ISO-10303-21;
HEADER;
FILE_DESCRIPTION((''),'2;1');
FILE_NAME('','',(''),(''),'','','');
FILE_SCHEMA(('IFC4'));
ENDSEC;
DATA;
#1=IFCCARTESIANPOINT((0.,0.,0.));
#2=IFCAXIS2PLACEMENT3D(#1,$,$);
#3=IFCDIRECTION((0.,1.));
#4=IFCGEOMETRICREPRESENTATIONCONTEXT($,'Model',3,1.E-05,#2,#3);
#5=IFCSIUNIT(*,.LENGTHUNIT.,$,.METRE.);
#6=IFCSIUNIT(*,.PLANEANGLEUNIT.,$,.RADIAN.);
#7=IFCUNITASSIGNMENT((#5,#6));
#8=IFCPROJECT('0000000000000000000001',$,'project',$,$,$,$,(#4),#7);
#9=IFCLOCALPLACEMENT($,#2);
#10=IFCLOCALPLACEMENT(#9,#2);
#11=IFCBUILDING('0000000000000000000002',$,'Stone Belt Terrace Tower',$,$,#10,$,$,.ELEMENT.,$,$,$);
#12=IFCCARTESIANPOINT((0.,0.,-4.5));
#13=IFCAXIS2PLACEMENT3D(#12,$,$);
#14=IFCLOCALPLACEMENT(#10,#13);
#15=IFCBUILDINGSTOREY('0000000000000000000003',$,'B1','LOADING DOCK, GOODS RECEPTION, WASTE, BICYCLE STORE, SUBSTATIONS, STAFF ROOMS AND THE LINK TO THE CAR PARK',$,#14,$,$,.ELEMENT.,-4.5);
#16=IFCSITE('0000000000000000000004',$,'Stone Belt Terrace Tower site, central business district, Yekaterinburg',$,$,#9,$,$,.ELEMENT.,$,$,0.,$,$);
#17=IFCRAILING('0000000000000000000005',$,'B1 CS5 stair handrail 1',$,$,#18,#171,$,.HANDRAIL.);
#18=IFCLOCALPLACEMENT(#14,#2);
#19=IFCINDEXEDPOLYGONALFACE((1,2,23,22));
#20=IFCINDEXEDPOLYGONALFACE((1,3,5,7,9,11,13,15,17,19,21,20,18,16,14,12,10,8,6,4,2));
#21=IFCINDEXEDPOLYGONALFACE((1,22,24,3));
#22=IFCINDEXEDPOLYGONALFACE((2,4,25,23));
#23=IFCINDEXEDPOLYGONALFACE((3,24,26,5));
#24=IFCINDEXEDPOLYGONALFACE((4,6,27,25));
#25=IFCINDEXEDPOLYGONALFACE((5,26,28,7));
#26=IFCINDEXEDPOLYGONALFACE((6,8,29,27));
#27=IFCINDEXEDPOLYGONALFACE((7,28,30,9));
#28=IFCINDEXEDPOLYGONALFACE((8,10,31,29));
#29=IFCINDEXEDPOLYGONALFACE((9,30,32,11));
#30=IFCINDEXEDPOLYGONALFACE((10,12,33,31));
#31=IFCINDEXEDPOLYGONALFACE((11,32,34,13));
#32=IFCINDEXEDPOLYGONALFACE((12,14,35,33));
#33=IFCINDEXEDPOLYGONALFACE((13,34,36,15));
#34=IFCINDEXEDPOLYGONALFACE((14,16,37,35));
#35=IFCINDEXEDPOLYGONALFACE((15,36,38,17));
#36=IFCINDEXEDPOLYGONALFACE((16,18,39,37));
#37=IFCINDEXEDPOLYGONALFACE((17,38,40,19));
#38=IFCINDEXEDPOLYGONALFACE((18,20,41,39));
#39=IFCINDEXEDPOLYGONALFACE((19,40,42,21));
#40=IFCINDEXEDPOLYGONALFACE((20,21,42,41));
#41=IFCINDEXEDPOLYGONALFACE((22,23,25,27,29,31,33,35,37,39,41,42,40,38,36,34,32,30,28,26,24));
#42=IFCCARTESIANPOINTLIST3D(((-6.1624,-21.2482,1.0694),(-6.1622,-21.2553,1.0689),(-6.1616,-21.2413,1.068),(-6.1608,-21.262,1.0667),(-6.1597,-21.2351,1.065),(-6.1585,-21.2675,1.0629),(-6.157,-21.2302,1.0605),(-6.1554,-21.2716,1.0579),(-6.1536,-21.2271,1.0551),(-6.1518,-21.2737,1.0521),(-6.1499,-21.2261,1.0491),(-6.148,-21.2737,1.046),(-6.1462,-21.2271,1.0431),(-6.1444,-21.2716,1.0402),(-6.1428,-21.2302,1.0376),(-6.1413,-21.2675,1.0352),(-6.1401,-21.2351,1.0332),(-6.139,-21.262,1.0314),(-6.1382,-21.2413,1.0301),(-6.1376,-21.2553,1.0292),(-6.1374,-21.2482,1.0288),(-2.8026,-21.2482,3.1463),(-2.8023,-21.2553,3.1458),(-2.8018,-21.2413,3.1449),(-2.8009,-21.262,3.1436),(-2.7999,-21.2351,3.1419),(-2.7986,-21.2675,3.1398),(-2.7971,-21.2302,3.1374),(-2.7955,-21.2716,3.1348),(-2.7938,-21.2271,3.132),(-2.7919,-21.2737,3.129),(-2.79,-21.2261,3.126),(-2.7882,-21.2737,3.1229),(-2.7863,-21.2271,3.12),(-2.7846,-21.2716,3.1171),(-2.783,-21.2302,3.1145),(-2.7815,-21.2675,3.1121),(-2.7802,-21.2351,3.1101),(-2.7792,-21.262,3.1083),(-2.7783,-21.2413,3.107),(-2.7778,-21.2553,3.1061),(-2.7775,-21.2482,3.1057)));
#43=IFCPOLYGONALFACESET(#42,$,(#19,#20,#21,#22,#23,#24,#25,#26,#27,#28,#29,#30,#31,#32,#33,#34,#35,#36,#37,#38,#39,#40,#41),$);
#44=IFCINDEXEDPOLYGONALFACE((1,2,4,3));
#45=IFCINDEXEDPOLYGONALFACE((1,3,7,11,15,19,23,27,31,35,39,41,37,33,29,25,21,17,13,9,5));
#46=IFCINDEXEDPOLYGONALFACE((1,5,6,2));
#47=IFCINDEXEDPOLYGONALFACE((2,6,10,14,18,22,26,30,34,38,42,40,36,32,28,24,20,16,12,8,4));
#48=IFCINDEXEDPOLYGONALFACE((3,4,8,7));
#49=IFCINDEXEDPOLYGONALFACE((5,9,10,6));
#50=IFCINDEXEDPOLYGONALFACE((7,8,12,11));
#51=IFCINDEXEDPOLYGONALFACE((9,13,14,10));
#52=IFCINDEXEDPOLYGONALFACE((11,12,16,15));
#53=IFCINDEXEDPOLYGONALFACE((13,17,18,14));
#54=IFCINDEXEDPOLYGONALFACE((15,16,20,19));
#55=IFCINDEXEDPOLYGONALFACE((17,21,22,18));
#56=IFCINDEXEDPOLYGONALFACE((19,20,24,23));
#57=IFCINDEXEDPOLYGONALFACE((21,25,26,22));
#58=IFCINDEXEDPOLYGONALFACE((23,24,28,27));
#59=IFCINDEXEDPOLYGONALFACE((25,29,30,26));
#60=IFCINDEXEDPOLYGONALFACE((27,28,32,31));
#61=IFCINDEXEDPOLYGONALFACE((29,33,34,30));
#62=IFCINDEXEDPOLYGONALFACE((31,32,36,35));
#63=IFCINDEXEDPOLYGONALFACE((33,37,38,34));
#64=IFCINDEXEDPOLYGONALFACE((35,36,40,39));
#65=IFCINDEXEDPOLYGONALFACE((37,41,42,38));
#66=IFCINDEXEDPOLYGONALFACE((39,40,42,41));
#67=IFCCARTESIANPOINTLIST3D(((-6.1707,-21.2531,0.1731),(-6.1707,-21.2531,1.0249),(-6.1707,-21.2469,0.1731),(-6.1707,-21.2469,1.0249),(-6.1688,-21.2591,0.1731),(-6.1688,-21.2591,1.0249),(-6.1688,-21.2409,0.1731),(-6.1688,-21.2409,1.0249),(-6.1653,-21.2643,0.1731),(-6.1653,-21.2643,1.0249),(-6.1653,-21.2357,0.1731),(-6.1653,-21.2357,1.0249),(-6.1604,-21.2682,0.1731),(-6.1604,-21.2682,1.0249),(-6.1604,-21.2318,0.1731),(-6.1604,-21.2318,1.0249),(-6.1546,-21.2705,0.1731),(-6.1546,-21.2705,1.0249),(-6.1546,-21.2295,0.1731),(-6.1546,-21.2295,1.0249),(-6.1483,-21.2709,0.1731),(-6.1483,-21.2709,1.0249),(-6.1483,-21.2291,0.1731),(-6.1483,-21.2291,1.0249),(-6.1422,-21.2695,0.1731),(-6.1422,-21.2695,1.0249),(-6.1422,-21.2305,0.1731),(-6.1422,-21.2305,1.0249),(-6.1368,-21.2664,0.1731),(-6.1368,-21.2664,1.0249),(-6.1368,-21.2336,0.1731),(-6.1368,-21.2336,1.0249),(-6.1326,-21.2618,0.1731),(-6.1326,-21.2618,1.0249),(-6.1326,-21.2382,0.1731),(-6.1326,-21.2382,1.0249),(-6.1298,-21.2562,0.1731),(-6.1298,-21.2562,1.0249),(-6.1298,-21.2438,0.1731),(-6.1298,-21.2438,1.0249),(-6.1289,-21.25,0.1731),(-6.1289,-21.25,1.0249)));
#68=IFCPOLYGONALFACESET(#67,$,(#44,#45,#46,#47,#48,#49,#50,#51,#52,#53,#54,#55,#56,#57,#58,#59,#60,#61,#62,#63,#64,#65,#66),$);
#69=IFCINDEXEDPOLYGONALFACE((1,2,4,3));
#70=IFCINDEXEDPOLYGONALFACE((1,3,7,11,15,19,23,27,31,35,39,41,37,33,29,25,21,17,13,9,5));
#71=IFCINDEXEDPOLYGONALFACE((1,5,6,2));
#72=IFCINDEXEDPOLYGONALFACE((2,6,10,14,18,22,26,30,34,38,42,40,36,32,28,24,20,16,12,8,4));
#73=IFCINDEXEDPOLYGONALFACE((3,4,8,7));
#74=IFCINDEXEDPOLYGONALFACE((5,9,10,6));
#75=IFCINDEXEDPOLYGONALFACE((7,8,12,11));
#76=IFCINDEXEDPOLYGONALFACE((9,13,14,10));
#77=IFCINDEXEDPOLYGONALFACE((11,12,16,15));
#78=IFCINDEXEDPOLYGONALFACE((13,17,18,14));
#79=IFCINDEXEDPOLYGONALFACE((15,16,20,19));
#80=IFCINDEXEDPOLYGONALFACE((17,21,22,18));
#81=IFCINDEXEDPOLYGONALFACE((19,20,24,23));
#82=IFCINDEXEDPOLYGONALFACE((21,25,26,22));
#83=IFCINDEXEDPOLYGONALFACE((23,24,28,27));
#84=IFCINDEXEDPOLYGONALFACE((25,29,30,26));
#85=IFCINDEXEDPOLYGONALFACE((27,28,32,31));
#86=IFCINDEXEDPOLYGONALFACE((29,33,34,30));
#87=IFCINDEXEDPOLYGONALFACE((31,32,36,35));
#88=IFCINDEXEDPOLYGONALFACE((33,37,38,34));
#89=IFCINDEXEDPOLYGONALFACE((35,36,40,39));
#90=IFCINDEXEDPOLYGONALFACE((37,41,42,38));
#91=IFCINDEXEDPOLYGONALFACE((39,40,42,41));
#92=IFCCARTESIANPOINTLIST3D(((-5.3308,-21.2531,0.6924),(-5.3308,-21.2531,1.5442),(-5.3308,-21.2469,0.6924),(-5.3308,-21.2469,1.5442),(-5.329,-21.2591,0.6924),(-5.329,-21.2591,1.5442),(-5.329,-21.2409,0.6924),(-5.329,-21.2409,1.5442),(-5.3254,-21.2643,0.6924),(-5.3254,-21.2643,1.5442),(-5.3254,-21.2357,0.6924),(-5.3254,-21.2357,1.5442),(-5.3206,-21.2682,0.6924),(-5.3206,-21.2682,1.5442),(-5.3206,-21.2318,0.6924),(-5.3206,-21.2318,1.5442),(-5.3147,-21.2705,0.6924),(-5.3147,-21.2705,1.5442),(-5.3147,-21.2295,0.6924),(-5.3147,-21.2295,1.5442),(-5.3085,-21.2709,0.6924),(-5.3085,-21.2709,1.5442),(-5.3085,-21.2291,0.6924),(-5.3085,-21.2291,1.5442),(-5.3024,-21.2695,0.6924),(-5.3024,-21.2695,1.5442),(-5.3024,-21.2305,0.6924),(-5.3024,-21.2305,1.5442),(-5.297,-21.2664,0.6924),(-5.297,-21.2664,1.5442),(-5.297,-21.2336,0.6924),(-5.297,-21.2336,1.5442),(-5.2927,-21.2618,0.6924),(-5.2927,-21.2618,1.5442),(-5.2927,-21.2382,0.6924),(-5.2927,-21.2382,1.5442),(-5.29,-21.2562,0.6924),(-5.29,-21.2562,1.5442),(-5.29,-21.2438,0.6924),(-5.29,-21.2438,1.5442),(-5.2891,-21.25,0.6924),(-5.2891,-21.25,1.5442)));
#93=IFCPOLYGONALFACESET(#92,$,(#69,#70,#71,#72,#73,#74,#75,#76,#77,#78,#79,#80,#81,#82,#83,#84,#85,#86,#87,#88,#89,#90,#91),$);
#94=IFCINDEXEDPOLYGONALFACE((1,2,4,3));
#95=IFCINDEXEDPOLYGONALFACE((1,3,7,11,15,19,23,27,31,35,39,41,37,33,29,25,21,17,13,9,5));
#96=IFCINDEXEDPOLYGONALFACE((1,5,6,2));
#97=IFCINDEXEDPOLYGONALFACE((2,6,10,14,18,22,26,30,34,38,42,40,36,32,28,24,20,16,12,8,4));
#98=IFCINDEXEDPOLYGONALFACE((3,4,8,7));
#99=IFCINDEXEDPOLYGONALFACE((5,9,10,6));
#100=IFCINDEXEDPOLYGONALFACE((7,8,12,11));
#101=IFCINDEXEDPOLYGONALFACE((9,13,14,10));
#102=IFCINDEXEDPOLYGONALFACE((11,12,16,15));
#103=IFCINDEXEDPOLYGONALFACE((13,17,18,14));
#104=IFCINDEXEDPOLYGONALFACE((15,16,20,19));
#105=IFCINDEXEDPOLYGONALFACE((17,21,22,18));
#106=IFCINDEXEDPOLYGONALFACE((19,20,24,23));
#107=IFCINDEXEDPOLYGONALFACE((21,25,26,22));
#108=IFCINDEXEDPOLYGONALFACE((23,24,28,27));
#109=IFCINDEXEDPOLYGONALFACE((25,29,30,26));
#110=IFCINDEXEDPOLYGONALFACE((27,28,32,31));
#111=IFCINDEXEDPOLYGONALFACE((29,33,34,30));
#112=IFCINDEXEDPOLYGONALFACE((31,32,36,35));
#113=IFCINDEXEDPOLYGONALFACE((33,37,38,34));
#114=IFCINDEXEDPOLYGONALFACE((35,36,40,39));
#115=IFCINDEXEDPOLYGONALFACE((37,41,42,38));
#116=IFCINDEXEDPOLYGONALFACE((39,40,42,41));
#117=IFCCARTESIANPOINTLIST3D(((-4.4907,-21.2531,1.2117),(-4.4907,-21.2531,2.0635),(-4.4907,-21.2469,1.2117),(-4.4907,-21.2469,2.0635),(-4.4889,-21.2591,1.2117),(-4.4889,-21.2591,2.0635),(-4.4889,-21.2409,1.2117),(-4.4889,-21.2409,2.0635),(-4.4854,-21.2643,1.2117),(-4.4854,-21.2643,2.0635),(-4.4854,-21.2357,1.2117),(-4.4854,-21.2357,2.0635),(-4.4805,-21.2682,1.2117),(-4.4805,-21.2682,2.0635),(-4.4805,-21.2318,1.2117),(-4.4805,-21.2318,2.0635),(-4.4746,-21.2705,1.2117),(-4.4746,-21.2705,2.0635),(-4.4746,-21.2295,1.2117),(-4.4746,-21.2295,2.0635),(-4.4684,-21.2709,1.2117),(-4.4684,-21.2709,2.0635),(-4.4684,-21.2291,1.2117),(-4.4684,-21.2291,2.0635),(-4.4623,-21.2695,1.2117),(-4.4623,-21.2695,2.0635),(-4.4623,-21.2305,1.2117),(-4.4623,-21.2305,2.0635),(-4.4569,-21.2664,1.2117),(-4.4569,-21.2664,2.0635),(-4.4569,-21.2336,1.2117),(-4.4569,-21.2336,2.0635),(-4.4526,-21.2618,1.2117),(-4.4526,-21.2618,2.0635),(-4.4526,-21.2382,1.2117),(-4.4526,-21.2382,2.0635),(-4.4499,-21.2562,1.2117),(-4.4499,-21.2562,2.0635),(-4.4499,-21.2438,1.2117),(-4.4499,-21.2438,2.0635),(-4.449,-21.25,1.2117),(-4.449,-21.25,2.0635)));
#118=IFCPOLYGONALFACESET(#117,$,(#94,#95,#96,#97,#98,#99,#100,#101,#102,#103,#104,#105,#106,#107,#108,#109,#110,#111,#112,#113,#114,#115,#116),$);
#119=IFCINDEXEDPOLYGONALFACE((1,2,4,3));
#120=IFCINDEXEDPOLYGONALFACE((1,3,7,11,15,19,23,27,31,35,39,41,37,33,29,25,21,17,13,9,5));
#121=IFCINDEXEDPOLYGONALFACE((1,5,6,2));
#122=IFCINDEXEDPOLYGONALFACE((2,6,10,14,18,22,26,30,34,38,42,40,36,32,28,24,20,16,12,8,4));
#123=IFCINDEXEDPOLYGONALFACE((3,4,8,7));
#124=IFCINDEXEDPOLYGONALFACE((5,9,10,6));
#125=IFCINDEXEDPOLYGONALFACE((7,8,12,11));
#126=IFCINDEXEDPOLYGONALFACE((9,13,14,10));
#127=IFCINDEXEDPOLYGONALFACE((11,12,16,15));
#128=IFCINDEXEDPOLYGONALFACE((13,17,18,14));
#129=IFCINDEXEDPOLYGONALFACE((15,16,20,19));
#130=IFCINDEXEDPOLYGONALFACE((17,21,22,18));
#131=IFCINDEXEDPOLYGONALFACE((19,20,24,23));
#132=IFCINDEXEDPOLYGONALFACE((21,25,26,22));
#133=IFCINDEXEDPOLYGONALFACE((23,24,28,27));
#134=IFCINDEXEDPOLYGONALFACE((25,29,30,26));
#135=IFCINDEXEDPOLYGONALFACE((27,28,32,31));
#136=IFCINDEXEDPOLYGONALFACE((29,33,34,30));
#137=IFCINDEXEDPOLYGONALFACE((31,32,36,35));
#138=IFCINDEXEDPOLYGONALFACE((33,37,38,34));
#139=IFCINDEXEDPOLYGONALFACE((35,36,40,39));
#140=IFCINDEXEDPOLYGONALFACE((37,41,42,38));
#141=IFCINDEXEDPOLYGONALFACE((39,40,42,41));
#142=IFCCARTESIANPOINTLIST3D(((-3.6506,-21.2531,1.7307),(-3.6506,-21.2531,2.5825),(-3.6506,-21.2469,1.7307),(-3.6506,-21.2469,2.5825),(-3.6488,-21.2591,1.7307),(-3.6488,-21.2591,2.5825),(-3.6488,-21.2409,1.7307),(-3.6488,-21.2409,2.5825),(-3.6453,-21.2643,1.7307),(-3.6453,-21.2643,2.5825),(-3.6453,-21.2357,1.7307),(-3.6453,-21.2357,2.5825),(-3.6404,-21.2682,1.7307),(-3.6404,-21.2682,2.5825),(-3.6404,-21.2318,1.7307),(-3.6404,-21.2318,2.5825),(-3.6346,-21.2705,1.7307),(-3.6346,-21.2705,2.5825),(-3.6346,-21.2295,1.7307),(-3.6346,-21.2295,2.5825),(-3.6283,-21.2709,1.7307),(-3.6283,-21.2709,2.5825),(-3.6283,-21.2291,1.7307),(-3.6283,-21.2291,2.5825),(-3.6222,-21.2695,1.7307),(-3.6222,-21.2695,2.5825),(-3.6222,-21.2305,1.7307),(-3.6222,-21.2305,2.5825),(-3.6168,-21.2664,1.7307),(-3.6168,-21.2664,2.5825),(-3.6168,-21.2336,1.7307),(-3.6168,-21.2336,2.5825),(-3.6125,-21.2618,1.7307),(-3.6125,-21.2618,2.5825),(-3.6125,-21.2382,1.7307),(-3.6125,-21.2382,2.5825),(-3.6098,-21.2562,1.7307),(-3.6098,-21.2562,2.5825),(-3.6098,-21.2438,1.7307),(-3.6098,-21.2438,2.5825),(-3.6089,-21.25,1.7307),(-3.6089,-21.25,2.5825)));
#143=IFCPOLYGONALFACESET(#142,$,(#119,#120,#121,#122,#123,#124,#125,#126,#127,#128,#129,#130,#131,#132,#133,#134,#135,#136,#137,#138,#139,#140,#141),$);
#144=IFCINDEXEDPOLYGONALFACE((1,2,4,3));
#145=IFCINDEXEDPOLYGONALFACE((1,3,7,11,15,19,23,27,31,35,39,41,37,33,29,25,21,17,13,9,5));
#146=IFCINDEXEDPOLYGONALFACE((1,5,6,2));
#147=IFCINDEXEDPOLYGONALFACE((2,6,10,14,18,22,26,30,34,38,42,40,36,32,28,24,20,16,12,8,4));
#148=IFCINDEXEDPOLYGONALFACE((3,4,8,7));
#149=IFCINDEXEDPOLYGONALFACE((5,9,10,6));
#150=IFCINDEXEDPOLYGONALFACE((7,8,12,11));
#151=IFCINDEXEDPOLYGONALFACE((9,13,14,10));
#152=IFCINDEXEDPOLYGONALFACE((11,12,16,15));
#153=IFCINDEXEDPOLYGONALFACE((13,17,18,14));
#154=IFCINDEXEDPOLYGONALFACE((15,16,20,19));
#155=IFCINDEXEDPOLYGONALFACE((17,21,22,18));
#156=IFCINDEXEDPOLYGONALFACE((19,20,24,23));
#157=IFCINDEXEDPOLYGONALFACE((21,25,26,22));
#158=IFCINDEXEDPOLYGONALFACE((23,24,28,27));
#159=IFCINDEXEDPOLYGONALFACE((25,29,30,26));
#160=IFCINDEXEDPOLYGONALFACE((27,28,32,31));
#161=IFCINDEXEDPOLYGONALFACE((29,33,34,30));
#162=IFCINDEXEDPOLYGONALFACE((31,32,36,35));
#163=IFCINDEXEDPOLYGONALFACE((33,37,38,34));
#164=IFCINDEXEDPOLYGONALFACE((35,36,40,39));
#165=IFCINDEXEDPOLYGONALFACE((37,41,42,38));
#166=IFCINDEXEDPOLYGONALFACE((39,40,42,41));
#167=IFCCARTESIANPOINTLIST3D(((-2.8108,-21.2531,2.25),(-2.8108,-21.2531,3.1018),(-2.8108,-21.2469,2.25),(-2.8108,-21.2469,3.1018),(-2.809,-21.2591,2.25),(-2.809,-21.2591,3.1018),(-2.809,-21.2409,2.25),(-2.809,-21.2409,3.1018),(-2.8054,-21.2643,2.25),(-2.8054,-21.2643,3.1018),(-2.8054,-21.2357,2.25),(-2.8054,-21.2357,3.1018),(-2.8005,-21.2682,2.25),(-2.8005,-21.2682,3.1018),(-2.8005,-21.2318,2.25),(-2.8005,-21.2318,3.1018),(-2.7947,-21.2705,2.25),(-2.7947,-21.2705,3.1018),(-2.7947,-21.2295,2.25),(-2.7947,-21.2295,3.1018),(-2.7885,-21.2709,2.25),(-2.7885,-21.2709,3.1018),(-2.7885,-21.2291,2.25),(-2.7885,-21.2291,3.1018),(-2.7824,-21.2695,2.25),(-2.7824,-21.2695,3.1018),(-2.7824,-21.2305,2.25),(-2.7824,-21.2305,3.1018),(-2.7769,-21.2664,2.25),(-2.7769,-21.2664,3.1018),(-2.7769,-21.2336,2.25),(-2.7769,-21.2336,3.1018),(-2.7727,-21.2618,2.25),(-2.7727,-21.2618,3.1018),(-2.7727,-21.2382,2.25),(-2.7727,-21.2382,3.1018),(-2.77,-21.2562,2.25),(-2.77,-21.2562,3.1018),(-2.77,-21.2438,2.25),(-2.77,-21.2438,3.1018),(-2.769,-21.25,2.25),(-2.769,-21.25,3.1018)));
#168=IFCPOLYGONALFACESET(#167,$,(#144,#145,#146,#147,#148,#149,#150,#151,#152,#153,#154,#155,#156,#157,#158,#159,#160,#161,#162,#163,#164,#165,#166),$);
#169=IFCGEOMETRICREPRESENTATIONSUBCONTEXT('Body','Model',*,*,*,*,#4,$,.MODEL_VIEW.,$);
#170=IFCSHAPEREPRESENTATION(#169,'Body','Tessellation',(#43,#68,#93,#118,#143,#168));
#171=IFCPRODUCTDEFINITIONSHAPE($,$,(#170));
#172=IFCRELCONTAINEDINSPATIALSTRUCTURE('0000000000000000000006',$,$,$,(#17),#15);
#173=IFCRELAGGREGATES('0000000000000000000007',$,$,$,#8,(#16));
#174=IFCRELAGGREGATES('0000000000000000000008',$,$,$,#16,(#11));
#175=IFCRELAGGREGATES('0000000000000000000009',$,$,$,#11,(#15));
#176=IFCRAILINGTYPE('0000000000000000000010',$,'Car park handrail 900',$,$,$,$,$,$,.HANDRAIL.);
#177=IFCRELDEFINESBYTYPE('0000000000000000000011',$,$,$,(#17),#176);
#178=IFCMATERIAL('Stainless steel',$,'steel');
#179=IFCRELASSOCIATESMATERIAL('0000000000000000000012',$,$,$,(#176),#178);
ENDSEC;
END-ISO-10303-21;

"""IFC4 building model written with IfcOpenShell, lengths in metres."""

from ifc_helpers import new_model, si_unit, direction, frame, origin, origin_2d, place, context, subcontext, project, spatial, circle, extrude, material, type_object, element, save


model = new_model("IFC4")

# Units and contexts
model_context = context("Model", 3, precision=1e-05, world=origin(), true_north=direction((0.0, 1.0)))
body_context = subcontext(model_context, "Body", "Model", "MODEL_VIEW")
ifc_project = project(units=[si_unit("LENGTHUNIT", "METRE"), si_unit("PLANEANGLEUNIT", "RADIAN")], contexts=[model_context])

# Site, building, storey
site_placement = place(None, origin())
site = spatial("IfcSite", under=ifc_project, at=site_placement, Name="Stone Belt Terrace Tower site, central business district, Yekaterinburg", CompositionType="ELEMENT", RefElevation=0.0)
building_placement = place(site_placement, origin())
building = spatial("IfcBuilding", under=site, at=building_placement, Name="Stone Belt Terrace Tower", CompositionType="ELEMENT")
storey_placement = place(building_placement, frame((0.0, 0.0, -4.5)))
storey = spatial("IfcBuildingStorey", under=building, at=storey_placement, Name="B1", Description="LOADING DOCK, GOODS RECEPTION, WASTE, BICYCLE STORE, SUBSTATIONS, STAFF ROOMS AND THE LINK TO THE CAR PARK", CompositionType="ELEMENT", Elevation=-4.5)

# Railing
ifc_material_1 = material(Name="Stainless steel", Category="steel")
railing_type_1 = type_object("IfcRailingType", Name="Car park handrail 900", PredefinedType="HANDRAIL", material=ifc_material_1)
railing_1_placement = place(storey_placement, frame((-6.1499, -21.25, 0.1731)))
element("IfcRailing", 1, at=railing_1_placement, inside=storey, type_object=railing_type_1, Name="B1 CS5 stair handrail 1", PredefinedType="HANDRAIL", context=body_context, shape_type="SweptSolid", body=[
    extrude(circle(Radius=0.0239, at=origin_2d()), frame((0.0, 0.0, 0.876), z_axis=(0.850606, 0.0, 0.525803), x_axis=(0.0, 1.0, 0.0)), (0.0, 0.0, 1.0), 3.95),
    extrude(circle(Radius=0.021, at=origin_2d()), origin(), (0.0, 0.0, 1.0), 0.8518),
    extrude(circle(Radius=0.021, at=origin_2d()), frame((0.8398, 0.0, 0.5193)), (0.0, 0.0, 1.0), 0.8518),
    extrude(circle(Radius=0.021, at=origin_2d()), frame((1.6799, 0.0, 1.0386)), (0.0, 0.0, 1.0), 0.8518),
    extrude(circle(Radius=0.021, at=origin_2d()), frame((2.52, 0.0, 1.5576)), (0.0, 0.0, 1.0), 0.8518),
    extrude(circle(Radius=0.021, at=origin_2d()), frame((3.3599, 0.0, 2.0769)), (0.0, 0.0, 1.0), 0.8518),
])

save(model, "model.ifc")
